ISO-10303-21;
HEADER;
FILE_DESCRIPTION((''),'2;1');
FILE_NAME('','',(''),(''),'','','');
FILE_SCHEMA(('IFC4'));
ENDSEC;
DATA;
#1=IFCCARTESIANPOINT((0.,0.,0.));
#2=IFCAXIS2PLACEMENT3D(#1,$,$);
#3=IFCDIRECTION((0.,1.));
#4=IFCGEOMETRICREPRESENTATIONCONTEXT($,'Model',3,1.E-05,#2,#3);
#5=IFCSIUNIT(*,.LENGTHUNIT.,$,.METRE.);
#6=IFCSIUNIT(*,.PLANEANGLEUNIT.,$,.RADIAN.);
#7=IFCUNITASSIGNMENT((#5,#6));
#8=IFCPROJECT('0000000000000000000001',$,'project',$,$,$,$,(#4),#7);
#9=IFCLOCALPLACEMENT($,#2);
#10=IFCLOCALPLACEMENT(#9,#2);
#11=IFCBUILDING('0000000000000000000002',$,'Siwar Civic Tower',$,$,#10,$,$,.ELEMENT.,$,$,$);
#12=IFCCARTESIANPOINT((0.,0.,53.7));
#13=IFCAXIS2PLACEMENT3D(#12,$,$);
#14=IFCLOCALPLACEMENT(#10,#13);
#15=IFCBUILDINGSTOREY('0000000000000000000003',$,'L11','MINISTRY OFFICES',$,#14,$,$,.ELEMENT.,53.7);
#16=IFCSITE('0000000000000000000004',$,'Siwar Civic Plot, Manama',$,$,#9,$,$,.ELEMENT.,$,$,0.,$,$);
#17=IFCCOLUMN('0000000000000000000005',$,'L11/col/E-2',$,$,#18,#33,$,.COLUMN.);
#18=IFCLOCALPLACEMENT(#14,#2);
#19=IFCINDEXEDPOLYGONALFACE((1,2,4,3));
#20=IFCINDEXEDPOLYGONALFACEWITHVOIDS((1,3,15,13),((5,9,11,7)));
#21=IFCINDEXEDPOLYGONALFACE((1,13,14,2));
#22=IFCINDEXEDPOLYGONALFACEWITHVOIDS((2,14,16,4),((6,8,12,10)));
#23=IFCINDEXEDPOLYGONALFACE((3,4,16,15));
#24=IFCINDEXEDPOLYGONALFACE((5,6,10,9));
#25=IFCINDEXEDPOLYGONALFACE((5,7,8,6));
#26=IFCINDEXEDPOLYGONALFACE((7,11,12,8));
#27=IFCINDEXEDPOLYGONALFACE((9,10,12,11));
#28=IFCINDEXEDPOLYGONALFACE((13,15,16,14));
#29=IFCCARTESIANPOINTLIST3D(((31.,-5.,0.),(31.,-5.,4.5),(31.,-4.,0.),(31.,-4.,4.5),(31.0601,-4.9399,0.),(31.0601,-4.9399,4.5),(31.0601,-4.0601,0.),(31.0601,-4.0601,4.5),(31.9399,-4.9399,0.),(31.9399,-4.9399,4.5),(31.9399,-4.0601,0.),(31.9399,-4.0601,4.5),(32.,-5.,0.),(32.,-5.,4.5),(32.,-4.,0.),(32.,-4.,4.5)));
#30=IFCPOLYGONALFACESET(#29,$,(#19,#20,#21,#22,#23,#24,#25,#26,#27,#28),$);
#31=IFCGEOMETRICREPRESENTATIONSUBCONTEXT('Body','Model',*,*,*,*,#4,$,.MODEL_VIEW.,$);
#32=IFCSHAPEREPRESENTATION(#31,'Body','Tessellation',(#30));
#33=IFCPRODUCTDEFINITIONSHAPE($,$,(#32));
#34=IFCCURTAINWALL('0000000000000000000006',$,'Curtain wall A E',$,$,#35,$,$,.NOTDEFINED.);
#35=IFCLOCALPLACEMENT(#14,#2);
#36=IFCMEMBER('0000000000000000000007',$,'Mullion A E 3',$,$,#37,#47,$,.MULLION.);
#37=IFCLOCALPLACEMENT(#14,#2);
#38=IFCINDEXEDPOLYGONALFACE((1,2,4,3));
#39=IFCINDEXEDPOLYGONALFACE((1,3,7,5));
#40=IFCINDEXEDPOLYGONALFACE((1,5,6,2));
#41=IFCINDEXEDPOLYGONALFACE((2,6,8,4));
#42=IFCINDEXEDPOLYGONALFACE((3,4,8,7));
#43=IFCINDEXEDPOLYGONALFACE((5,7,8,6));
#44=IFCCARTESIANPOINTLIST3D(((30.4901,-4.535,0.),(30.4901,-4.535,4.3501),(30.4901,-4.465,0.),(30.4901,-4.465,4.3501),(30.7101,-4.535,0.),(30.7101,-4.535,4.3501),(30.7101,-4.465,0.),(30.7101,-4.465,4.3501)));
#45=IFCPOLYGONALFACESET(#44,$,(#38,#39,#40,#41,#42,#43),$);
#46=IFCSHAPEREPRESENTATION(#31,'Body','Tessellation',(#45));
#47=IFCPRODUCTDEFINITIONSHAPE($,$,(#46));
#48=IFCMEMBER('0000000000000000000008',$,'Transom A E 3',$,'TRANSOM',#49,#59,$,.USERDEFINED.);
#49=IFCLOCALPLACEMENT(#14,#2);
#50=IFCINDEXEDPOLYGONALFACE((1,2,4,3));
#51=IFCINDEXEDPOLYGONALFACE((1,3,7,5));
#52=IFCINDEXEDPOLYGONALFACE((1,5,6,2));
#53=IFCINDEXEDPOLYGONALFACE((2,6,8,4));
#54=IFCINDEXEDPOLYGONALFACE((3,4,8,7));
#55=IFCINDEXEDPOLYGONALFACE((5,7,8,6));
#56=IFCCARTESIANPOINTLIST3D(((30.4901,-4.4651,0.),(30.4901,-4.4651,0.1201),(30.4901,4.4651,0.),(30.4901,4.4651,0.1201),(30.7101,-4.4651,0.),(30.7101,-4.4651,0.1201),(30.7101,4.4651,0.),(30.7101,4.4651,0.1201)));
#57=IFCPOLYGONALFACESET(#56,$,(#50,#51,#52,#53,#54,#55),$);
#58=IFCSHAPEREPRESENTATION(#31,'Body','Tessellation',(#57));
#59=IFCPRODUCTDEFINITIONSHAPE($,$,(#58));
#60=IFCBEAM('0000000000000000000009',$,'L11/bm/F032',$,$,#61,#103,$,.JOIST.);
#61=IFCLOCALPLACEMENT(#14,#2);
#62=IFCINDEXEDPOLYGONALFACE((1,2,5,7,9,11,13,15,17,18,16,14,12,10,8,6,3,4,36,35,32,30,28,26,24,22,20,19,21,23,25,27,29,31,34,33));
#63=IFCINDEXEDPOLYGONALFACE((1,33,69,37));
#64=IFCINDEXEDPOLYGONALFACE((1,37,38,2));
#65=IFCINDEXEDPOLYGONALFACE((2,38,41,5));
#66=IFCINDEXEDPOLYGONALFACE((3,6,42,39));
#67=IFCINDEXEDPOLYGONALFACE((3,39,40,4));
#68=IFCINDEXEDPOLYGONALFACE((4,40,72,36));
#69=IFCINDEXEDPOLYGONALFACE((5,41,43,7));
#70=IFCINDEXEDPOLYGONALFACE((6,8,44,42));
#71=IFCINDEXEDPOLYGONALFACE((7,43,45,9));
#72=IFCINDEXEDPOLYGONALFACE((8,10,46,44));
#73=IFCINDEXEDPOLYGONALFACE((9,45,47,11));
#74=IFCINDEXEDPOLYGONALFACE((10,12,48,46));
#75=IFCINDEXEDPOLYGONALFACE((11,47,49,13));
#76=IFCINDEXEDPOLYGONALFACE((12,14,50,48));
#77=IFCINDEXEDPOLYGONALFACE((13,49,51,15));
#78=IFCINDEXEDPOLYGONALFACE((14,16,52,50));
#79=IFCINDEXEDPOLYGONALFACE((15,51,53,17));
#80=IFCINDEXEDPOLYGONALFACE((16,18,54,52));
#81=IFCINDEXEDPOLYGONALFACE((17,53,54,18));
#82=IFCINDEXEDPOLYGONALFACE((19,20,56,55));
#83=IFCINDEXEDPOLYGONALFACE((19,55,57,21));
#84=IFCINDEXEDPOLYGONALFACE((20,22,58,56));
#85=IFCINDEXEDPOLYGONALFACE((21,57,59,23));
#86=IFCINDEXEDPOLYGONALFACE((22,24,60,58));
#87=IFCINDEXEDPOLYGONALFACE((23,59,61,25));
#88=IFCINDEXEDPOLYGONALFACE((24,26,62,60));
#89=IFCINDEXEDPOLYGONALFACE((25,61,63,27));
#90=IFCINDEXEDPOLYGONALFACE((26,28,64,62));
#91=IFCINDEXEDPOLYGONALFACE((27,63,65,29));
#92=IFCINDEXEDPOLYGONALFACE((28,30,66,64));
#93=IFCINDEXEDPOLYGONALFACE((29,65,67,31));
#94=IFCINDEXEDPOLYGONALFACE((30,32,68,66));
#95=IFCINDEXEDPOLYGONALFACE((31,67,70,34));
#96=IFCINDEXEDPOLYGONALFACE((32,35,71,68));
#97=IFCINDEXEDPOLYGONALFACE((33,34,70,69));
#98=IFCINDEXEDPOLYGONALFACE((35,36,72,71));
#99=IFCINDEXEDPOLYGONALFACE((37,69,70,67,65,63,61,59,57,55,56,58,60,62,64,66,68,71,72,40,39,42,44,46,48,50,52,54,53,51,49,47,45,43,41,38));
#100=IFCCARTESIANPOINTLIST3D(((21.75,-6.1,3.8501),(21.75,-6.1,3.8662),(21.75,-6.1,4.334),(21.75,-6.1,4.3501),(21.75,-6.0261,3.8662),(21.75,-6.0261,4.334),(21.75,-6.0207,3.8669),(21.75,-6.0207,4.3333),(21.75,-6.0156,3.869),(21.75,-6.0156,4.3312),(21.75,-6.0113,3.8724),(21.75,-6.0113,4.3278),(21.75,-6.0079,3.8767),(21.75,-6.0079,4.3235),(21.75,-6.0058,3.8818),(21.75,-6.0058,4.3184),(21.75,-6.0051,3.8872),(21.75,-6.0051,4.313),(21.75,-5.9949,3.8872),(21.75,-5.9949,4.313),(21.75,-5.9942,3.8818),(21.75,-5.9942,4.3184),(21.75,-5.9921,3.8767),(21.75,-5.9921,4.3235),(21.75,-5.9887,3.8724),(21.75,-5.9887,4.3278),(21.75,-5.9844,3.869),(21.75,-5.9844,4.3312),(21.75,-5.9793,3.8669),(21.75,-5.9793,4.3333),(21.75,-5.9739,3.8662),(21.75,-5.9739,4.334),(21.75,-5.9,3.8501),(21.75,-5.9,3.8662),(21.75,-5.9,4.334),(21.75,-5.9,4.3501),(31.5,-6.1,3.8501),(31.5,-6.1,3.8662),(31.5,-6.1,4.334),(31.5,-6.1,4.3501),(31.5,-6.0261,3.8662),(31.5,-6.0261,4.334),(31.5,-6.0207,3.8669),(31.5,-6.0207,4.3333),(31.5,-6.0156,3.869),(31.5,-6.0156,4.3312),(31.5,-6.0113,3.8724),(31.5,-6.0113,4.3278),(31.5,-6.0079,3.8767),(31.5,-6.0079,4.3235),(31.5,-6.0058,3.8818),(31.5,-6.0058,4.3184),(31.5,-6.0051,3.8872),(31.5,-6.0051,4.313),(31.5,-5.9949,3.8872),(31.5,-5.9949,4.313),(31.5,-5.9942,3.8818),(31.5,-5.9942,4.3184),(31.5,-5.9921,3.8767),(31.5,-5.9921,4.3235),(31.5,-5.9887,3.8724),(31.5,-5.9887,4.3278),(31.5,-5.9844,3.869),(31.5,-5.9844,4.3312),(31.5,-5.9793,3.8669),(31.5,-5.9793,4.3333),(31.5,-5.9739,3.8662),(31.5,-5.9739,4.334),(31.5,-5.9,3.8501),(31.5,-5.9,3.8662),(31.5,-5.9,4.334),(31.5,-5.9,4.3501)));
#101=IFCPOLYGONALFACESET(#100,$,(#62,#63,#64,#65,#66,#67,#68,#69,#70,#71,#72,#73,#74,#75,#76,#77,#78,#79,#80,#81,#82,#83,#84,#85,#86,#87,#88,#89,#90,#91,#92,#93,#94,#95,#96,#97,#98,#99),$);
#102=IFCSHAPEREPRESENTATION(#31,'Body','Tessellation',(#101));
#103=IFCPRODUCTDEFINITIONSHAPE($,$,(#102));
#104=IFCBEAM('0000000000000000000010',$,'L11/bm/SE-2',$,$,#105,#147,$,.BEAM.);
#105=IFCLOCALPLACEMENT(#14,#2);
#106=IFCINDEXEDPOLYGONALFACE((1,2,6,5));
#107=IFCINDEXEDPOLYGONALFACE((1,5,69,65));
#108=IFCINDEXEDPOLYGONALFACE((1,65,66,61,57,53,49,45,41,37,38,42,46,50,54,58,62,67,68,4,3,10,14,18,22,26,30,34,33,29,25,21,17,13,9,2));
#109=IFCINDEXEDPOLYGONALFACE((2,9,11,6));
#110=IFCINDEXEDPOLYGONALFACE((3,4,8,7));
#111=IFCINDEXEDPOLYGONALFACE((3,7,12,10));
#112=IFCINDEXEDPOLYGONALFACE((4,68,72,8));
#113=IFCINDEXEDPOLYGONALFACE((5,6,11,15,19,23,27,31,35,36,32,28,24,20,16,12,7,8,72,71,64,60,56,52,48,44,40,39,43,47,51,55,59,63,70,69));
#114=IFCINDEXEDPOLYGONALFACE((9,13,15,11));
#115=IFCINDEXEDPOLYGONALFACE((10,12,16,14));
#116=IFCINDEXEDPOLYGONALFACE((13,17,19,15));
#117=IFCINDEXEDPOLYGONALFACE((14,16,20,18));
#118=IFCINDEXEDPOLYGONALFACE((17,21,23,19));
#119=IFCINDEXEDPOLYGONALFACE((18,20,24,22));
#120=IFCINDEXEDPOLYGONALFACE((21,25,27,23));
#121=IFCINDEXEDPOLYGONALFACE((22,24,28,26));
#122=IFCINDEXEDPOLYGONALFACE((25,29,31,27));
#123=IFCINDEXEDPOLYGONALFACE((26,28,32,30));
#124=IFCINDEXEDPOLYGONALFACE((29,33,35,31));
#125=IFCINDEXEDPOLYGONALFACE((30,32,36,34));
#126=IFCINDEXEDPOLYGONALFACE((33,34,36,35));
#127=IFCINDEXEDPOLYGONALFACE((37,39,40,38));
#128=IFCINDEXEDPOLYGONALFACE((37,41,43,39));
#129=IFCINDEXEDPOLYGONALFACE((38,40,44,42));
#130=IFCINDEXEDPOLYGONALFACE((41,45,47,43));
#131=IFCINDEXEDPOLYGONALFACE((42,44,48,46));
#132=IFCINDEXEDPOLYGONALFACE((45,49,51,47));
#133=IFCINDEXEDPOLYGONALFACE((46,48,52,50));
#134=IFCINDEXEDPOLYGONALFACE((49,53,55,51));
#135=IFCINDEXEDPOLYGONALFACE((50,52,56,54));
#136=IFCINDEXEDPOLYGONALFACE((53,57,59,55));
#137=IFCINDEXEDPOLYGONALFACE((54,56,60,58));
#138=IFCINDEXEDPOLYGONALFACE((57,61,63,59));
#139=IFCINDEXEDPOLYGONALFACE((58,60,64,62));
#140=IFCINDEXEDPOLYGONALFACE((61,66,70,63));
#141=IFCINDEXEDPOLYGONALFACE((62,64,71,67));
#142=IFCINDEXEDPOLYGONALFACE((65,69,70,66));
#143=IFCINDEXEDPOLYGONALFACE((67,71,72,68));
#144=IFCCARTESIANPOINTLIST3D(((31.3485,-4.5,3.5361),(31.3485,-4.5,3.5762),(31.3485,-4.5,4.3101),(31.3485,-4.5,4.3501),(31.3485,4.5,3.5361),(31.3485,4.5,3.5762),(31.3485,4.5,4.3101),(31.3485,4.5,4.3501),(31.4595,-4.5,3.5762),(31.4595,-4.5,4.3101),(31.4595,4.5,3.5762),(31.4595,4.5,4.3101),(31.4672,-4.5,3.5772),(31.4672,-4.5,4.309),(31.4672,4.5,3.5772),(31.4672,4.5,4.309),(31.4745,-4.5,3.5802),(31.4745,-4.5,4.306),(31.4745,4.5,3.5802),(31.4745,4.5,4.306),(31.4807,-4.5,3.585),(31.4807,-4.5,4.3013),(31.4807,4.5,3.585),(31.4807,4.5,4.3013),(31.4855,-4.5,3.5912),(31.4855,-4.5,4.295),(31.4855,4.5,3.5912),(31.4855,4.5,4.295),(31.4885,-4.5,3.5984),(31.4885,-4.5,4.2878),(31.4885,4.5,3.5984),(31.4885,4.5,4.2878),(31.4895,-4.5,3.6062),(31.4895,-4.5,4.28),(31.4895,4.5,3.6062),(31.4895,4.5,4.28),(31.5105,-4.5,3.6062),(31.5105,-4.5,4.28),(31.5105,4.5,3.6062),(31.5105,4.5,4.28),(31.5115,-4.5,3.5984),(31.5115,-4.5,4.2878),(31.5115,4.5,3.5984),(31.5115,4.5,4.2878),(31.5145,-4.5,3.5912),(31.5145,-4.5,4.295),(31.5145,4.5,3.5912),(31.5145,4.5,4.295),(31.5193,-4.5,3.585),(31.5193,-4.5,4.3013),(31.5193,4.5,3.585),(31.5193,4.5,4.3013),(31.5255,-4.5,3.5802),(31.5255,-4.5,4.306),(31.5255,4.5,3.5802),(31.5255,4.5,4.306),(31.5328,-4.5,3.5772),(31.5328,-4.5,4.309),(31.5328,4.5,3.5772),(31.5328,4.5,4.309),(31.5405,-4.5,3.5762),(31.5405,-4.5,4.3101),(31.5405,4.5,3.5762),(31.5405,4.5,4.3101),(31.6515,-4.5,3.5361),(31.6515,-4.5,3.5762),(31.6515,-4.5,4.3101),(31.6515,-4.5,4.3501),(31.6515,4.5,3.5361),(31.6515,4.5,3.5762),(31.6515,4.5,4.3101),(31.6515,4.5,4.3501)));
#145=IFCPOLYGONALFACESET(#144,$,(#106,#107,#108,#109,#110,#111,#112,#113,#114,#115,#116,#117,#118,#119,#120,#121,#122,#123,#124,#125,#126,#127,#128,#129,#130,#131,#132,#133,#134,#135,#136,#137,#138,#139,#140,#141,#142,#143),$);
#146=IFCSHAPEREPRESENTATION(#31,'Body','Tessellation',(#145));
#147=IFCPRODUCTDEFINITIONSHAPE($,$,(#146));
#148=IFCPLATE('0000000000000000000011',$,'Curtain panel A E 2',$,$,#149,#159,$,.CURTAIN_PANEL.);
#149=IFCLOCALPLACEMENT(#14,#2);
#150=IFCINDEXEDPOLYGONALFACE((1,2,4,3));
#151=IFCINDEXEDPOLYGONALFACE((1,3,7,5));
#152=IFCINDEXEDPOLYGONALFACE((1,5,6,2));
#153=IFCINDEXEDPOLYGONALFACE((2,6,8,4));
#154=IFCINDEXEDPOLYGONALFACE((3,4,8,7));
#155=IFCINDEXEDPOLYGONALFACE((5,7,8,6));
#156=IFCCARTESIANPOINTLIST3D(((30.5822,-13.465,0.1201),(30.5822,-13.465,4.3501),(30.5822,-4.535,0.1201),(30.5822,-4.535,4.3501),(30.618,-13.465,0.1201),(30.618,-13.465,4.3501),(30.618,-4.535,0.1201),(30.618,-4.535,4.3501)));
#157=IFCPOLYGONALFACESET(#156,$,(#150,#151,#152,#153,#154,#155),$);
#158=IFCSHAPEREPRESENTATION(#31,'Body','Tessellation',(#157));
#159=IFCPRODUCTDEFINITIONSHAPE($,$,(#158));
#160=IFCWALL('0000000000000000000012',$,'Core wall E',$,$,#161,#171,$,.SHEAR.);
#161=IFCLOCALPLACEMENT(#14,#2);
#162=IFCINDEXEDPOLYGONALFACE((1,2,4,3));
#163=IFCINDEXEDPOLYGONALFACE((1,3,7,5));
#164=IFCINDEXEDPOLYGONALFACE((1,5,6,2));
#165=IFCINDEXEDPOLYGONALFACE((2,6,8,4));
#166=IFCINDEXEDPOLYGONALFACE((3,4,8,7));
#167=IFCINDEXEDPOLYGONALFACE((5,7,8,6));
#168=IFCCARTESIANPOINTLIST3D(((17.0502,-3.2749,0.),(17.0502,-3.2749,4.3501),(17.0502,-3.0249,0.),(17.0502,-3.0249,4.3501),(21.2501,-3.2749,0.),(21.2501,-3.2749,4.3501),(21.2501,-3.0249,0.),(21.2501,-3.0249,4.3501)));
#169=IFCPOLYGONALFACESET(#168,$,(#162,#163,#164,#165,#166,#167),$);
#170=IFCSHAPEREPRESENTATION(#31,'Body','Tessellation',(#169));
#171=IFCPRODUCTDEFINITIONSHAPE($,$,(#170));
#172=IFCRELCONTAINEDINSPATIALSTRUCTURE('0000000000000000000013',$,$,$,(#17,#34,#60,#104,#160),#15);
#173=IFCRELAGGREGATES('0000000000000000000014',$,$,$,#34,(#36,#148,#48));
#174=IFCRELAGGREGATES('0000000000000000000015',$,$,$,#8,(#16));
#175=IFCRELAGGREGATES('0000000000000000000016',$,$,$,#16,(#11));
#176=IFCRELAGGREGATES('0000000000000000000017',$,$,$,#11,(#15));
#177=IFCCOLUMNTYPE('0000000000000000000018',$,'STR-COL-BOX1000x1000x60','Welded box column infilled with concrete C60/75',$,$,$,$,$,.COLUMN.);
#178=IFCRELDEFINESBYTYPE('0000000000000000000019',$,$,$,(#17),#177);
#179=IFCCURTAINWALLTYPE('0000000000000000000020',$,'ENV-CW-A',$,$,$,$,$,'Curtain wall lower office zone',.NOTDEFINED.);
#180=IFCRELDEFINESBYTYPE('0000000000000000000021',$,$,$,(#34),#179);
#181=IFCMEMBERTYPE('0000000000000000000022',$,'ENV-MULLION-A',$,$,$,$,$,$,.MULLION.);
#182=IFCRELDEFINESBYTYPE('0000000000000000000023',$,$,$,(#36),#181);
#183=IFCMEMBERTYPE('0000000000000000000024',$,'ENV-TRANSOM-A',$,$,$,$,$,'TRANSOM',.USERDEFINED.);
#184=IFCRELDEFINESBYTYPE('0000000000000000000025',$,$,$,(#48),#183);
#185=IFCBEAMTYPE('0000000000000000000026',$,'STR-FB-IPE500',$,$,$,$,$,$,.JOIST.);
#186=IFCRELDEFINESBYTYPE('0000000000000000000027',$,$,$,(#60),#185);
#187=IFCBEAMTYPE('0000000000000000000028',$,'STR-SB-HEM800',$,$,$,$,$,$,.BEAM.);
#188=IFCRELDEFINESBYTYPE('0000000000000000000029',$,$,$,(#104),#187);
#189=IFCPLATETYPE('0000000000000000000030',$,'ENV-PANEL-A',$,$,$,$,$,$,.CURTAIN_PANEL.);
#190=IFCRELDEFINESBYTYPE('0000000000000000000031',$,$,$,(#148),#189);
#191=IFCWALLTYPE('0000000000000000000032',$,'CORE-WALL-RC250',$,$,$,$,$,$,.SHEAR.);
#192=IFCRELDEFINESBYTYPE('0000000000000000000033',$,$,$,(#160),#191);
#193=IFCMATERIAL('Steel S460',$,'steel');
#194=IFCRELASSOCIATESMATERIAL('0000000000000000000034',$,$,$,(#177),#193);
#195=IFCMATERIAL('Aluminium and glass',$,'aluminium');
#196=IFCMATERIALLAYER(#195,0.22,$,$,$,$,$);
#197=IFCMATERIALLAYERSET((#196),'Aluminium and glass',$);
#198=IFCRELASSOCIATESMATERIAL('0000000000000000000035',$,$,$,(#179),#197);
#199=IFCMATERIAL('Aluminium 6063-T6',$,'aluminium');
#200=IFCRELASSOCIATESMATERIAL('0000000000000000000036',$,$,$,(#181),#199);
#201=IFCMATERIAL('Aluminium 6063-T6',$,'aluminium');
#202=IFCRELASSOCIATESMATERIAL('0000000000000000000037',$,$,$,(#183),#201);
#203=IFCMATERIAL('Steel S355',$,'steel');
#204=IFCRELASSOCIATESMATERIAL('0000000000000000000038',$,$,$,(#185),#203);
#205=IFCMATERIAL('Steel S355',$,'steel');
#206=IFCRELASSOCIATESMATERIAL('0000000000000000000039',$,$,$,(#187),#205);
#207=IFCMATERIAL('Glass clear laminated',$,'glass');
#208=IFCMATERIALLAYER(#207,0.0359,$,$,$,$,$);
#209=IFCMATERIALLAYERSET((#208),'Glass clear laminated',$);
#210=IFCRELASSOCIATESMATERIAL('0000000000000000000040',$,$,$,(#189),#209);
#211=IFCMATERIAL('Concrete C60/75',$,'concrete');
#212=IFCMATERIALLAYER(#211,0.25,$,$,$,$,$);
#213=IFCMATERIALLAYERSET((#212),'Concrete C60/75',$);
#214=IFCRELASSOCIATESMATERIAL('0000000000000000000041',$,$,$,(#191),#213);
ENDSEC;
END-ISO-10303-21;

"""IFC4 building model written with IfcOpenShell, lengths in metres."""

from ifc_helpers import new_model, si_unit, direction, frame, frame_2d, origin, origin_2d, place, context, subcontext, project, spatial, rectangle, hollow_rectangle, i_section, extrude, material, layer, layer_set, material_profile, profile_set, type_object, element, aggregate, save


model = new_model("IFC4")

# Units and contexts
model_context = context("Model", 3, precision=1e-05, world=origin(), true_north=direction((0.0, 1.0)))
body_context = subcontext(model_context, "Body", "Model", "MODEL_VIEW")
ifc_project = project(units=[si_unit("LENGTHUNIT", "METRE"), si_unit("PLANEANGLEUNIT", "RADIAN")], contexts=[model_context])

# Site, building, storey
site_placement = place(None, origin())
site = spatial("IfcSite", under=ifc_project, at=site_placement, Name="Siwar Civic Plot, Manama", CompositionType="ELEMENT", RefElevation=0.0)
building_placement = place(site_placement, origin())
building = spatial("IfcBuilding", under=site, at=building_placement, Name="Siwar Civic Tower", CompositionType="ELEMENT")
storey_placement = place(building_placement, frame((0.0, 0.0, 53.7)))
storey = spatial("IfcBuildingStorey", under=building, at=storey_placement, Name="L11", Description="MINISTRY OFFICES", CompositionType="ELEMENT", Elevation=53.7)

# Column
ifc_material_1 = material(Name="Steel S460", Category="steel")
ifc_material_profile_1 = material_profile(ifc_material_1, hollow_rectangle(XDim=1.0, YDim=1.0, WallThickness=0.0601, at=origin_2d()), Name="BOX1000x1000x60")
ifc_profile_set_1 = profile_set([ifc_material_profile_1], Name="Steel S460")
column_type = type_object("IfcColumnType", Name="STR-COL-BOX1000x1000x60", Description="Welded box column infilled with concrete C60/75", PredefinedType="COLUMN", material=ifc_profile_set_1)
column_placement = place(storey_placement, frame((31.5, -4.5, 0.0), z_axis=(0.0, 0.0, 1.0), x_axis=(1.0, 0.0, 0.0)))
element("IfcColumn", 1, at=column_placement, inside=storey, type_object=column_type, Name="L11/col/E-2", PredefinedType="COLUMN", context=body_context, shape_type="SweptSolid", body=[
    extrude(hollow_rectangle(XDim=1.0, YDim=1.0, WallThickness=0.0601, at=origin_2d()), origin(), (0.0, 0.0, 1.0), 4.5),
])

# Curtain wall, members
ifc_material_2 = material(Name="Aluminium and glass", Category="aluminium")
ifc_layer_1 = layer(ifc_material_2, 0.22)
ifc_layer_set_1 = layer_set([ifc_layer_1], Name="Aluminium and glass")
curtain_wall_type = type_object("IfcCurtainWallType", Name="ENV-CW-A", ElementType="Curtain wall lower office zone", PredefinedType="NOTDEFINED", material=ifc_layer_set_1)
curtain_wall_placement = place(storey_placement, origin())
curtain_wall = element("IfcCurtainWall", 2, at=curtain_wall_placement, inside=storey, type_object=curtain_wall_type, Name="Curtain wall A E", PredefinedType="NOTDEFINED")
ifc_material_3 = material(Name="Aluminium 6063-T6", Category="aluminium")
ifc_material_profile_2 = material_profile(ifc_material_3, rectangle(XDim=0.22, YDim=0.0701, at=origin_2d()), Name="AL 220x70")
ifc_profile_set_2 = profile_set([ifc_material_profile_2], Name="Aluminium 6063-T6")
member_type_1 = type_object("IfcMemberType", Name="ENV-MULLION-A", PredefinedType="MULLION", material=ifc_profile_set_2)
member_1_placement = place(storey_placement, frame((30.6001, -4.5, 0.0), z_axis=(0.0, 0.0, 1.0), x_axis=(-1.0, 0.0, 0.0)))
member_1 = element("IfcMember", 3, at=member_1_placement, type_object=member_type_1, Name="Mullion A E 3", PredefinedType="MULLION", context=body_context, shape_type="SweptSolid", body=[
    extrude(rectangle(XDim=0.22, YDim=0.0701, at=origin_2d()), origin(), (0.0, 0.0, 1.0), 4.3501),
])
ifc_material_4 = material(Name="Aluminium 6063-T6", Category="aluminium")
ifc_material_profile_3 = material_profile(ifc_material_4, rectangle(XDim=0.22, YDim=0.1201, at=origin_2d()), Name="AL 220x120")
ifc_profile_set_3 = profile_set([ifc_material_profile_3], Name="Aluminium 6063-T6")
member_type_2 = type_object("IfcMemberType", Name="ENV-TRANSOM-A", ElementType="TRANSOM", PredefinedType="USERDEFINED", material=ifc_profile_set_3)
member_2_placement = place(storey_placement, frame((30.6001, -4.4651, 0.0601), z_axis=(0.0, 1.0, 0.0), x_axis=(-1.0, 0.0, 0.0)))
member_2 = element("IfcMember", 4, at=member_2_placement, type_object=member_type_2, Name="Transom A E 3", ObjectType="TRANSOM", PredefinedType="USERDEFINED", context=body_context, shape_type="SweptSolid", body=[
    extrude(rectangle(XDim=0.22, YDim=0.1201, at=origin_2d()), origin(), (0.0, 0.0, 1.0), 8.9302),
])

# Beams
ifc_material_5 = material(Name="Steel S355", Category="steel")
ifc_material_profile_4 = material_profile(ifc_material_5, i_section(OverallWidth=0.2, OverallDepth=0.5, WebThickness=0.0103, FlangeThickness=0.0161, FilletRadius=0.021, at=origin_2d()), Name="IPE500")
ifc_profile_set_4 = profile_set([ifc_material_profile_4], Name="Steel S355")
beam_type_1 = type_object("IfcBeamType", Name="STR-FB-IPE500", PredefinedType="JOIST", material=ifc_profile_set_4)
beam_1_placement = place(storey_placement, frame((21.75, -6.0, 4.1001), z_axis=(1.0, 0.0, 0.0), x_axis=(0.0, 1.0, 0.0)))
element("IfcBeam", 5, at=beam_1_placement, inside=storey, type_object=beam_type_1, Name="L11/bm/F032", PredefinedType="JOIST", context=body_context, shape_type="SweptSolid", body=[
    extrude(i_section(OverallWidth=0.2, OverallDepth=0.5, WebThickness=0.0103, FlangeThickness=0.0161, FilletRadius=0.021, at=origin_2d()), origin(), (0.0, 0.0, 1.0), 9.75),
])
ifc_material_6 = material(Name="Steel S355", Category="steel")
ifc_material_profile_5 = material_profile(ifc_material_6, i_section(OverallWidth=0.303, OverallDepth=0.814, WebThickness=0.021, FlangeThickness=0.04, FilletRadius=0.03, at=origin_2d()), Name="HEM800")
ifc_profile_set_5 = profile_set([ifc_material_profile_5], Name="Steel S355")
beam_type_2 = type_object("IfcBeamType", Name="STR-SB-HEM800", PredefinedType="BEAM", material=ifc_profile_set_5)
beam_2_placement = place(storey_placement, frame((31.5, -4.5, 3.9431), z_axis=(0.0, 1.0, 0.0), x_axis=(-1.0, 0.0, 0.0)))
element("IfcBeam", 6, at=beam_2_placement, inside=storey, type_object=beam_type_2, Name="L11/bm/SE-2", PredefinedType="BEAM", context=body_context, shape_type="SweptSolid", body=[
    extrude(i_section(OverallWidth=0.303, OverallDepth=0.814, WebThickness=0.021, FlangeThickness=0.04, FilletRadius=0.03, at=origin_2d()), origin(), (0.0, 0.0, 1.0), 9.0),
])

# Plate
ifc_material_7 = material(Name="Glass clear laminated", Category="glass")
ifc_layer_2 = layer(ifc_material_7, 0.0359)
ifc_layer_set_2 = layer_set([ifc_layer_2], Name="Glass clear laminated")
plate_type = type_object("IfcPlateType", Name="ENV-PANEL-A", PredefinedType="CURTAIN_PANEL", material=ifc_layer_set_2)
plate_placement = place(storey_placement, frame((30.6001, -9.0, 0.1201), z_axis=(0.0, 0.0, 1.0), x_axis=(0.0, 1.0, 0.0)))
plate = element("IfcPlate", 7, at=plate_placement, type_object=plate_type, Name="Curtain panel A E 2", PredefinedType="CURTAIN_PANEL", context=body_context, shape_type="SweptSolid", body=[
    extrude(rectangle(XDim=8.9299, YDim=0.0359, at=origin_2d()), origin(), (0.0, 0.0, 1.0), 4.23),
])
aggregate(curtain_wall, [member_1, plate, member_2])

# Wall
ifc_material_8 = material(Name="Concrete C60/75", Category="concrete")
ifc_layer_3 = layer(ifc_material_8, 0.25)
ifc_layer_set_3 = layer_set([ifc_layer_3], Name="Concrete C60/75")
wall_type_1 = type_object("IfcWallType", Name="CORE-WALL-RC250", PredefinedType="SHEAR", material=ifc_layer_set_3)
wall_1_placement = place(storey_placement, frame((17.05, -3.1499, 0.0), z_axis=(0.0, 0.0, 1.0), x_axis=(1.0, 0.0, 0.0)))
element("IfcWall", 8, at=wall_1_placement, inside=storey, type_object=wall_type_1, Name="Core wall E", PredefinedType="SHEAR", context=body_context, shape_type="SweptSolid", body=[
    extrude(rectangle(XDim=4.2, YDim=0.25, at=frame_2d((2.1001, 0.0))), origin(), (0.0, 0.0, 1.0), 4.3501),
])

save(model, "model.ifc")
